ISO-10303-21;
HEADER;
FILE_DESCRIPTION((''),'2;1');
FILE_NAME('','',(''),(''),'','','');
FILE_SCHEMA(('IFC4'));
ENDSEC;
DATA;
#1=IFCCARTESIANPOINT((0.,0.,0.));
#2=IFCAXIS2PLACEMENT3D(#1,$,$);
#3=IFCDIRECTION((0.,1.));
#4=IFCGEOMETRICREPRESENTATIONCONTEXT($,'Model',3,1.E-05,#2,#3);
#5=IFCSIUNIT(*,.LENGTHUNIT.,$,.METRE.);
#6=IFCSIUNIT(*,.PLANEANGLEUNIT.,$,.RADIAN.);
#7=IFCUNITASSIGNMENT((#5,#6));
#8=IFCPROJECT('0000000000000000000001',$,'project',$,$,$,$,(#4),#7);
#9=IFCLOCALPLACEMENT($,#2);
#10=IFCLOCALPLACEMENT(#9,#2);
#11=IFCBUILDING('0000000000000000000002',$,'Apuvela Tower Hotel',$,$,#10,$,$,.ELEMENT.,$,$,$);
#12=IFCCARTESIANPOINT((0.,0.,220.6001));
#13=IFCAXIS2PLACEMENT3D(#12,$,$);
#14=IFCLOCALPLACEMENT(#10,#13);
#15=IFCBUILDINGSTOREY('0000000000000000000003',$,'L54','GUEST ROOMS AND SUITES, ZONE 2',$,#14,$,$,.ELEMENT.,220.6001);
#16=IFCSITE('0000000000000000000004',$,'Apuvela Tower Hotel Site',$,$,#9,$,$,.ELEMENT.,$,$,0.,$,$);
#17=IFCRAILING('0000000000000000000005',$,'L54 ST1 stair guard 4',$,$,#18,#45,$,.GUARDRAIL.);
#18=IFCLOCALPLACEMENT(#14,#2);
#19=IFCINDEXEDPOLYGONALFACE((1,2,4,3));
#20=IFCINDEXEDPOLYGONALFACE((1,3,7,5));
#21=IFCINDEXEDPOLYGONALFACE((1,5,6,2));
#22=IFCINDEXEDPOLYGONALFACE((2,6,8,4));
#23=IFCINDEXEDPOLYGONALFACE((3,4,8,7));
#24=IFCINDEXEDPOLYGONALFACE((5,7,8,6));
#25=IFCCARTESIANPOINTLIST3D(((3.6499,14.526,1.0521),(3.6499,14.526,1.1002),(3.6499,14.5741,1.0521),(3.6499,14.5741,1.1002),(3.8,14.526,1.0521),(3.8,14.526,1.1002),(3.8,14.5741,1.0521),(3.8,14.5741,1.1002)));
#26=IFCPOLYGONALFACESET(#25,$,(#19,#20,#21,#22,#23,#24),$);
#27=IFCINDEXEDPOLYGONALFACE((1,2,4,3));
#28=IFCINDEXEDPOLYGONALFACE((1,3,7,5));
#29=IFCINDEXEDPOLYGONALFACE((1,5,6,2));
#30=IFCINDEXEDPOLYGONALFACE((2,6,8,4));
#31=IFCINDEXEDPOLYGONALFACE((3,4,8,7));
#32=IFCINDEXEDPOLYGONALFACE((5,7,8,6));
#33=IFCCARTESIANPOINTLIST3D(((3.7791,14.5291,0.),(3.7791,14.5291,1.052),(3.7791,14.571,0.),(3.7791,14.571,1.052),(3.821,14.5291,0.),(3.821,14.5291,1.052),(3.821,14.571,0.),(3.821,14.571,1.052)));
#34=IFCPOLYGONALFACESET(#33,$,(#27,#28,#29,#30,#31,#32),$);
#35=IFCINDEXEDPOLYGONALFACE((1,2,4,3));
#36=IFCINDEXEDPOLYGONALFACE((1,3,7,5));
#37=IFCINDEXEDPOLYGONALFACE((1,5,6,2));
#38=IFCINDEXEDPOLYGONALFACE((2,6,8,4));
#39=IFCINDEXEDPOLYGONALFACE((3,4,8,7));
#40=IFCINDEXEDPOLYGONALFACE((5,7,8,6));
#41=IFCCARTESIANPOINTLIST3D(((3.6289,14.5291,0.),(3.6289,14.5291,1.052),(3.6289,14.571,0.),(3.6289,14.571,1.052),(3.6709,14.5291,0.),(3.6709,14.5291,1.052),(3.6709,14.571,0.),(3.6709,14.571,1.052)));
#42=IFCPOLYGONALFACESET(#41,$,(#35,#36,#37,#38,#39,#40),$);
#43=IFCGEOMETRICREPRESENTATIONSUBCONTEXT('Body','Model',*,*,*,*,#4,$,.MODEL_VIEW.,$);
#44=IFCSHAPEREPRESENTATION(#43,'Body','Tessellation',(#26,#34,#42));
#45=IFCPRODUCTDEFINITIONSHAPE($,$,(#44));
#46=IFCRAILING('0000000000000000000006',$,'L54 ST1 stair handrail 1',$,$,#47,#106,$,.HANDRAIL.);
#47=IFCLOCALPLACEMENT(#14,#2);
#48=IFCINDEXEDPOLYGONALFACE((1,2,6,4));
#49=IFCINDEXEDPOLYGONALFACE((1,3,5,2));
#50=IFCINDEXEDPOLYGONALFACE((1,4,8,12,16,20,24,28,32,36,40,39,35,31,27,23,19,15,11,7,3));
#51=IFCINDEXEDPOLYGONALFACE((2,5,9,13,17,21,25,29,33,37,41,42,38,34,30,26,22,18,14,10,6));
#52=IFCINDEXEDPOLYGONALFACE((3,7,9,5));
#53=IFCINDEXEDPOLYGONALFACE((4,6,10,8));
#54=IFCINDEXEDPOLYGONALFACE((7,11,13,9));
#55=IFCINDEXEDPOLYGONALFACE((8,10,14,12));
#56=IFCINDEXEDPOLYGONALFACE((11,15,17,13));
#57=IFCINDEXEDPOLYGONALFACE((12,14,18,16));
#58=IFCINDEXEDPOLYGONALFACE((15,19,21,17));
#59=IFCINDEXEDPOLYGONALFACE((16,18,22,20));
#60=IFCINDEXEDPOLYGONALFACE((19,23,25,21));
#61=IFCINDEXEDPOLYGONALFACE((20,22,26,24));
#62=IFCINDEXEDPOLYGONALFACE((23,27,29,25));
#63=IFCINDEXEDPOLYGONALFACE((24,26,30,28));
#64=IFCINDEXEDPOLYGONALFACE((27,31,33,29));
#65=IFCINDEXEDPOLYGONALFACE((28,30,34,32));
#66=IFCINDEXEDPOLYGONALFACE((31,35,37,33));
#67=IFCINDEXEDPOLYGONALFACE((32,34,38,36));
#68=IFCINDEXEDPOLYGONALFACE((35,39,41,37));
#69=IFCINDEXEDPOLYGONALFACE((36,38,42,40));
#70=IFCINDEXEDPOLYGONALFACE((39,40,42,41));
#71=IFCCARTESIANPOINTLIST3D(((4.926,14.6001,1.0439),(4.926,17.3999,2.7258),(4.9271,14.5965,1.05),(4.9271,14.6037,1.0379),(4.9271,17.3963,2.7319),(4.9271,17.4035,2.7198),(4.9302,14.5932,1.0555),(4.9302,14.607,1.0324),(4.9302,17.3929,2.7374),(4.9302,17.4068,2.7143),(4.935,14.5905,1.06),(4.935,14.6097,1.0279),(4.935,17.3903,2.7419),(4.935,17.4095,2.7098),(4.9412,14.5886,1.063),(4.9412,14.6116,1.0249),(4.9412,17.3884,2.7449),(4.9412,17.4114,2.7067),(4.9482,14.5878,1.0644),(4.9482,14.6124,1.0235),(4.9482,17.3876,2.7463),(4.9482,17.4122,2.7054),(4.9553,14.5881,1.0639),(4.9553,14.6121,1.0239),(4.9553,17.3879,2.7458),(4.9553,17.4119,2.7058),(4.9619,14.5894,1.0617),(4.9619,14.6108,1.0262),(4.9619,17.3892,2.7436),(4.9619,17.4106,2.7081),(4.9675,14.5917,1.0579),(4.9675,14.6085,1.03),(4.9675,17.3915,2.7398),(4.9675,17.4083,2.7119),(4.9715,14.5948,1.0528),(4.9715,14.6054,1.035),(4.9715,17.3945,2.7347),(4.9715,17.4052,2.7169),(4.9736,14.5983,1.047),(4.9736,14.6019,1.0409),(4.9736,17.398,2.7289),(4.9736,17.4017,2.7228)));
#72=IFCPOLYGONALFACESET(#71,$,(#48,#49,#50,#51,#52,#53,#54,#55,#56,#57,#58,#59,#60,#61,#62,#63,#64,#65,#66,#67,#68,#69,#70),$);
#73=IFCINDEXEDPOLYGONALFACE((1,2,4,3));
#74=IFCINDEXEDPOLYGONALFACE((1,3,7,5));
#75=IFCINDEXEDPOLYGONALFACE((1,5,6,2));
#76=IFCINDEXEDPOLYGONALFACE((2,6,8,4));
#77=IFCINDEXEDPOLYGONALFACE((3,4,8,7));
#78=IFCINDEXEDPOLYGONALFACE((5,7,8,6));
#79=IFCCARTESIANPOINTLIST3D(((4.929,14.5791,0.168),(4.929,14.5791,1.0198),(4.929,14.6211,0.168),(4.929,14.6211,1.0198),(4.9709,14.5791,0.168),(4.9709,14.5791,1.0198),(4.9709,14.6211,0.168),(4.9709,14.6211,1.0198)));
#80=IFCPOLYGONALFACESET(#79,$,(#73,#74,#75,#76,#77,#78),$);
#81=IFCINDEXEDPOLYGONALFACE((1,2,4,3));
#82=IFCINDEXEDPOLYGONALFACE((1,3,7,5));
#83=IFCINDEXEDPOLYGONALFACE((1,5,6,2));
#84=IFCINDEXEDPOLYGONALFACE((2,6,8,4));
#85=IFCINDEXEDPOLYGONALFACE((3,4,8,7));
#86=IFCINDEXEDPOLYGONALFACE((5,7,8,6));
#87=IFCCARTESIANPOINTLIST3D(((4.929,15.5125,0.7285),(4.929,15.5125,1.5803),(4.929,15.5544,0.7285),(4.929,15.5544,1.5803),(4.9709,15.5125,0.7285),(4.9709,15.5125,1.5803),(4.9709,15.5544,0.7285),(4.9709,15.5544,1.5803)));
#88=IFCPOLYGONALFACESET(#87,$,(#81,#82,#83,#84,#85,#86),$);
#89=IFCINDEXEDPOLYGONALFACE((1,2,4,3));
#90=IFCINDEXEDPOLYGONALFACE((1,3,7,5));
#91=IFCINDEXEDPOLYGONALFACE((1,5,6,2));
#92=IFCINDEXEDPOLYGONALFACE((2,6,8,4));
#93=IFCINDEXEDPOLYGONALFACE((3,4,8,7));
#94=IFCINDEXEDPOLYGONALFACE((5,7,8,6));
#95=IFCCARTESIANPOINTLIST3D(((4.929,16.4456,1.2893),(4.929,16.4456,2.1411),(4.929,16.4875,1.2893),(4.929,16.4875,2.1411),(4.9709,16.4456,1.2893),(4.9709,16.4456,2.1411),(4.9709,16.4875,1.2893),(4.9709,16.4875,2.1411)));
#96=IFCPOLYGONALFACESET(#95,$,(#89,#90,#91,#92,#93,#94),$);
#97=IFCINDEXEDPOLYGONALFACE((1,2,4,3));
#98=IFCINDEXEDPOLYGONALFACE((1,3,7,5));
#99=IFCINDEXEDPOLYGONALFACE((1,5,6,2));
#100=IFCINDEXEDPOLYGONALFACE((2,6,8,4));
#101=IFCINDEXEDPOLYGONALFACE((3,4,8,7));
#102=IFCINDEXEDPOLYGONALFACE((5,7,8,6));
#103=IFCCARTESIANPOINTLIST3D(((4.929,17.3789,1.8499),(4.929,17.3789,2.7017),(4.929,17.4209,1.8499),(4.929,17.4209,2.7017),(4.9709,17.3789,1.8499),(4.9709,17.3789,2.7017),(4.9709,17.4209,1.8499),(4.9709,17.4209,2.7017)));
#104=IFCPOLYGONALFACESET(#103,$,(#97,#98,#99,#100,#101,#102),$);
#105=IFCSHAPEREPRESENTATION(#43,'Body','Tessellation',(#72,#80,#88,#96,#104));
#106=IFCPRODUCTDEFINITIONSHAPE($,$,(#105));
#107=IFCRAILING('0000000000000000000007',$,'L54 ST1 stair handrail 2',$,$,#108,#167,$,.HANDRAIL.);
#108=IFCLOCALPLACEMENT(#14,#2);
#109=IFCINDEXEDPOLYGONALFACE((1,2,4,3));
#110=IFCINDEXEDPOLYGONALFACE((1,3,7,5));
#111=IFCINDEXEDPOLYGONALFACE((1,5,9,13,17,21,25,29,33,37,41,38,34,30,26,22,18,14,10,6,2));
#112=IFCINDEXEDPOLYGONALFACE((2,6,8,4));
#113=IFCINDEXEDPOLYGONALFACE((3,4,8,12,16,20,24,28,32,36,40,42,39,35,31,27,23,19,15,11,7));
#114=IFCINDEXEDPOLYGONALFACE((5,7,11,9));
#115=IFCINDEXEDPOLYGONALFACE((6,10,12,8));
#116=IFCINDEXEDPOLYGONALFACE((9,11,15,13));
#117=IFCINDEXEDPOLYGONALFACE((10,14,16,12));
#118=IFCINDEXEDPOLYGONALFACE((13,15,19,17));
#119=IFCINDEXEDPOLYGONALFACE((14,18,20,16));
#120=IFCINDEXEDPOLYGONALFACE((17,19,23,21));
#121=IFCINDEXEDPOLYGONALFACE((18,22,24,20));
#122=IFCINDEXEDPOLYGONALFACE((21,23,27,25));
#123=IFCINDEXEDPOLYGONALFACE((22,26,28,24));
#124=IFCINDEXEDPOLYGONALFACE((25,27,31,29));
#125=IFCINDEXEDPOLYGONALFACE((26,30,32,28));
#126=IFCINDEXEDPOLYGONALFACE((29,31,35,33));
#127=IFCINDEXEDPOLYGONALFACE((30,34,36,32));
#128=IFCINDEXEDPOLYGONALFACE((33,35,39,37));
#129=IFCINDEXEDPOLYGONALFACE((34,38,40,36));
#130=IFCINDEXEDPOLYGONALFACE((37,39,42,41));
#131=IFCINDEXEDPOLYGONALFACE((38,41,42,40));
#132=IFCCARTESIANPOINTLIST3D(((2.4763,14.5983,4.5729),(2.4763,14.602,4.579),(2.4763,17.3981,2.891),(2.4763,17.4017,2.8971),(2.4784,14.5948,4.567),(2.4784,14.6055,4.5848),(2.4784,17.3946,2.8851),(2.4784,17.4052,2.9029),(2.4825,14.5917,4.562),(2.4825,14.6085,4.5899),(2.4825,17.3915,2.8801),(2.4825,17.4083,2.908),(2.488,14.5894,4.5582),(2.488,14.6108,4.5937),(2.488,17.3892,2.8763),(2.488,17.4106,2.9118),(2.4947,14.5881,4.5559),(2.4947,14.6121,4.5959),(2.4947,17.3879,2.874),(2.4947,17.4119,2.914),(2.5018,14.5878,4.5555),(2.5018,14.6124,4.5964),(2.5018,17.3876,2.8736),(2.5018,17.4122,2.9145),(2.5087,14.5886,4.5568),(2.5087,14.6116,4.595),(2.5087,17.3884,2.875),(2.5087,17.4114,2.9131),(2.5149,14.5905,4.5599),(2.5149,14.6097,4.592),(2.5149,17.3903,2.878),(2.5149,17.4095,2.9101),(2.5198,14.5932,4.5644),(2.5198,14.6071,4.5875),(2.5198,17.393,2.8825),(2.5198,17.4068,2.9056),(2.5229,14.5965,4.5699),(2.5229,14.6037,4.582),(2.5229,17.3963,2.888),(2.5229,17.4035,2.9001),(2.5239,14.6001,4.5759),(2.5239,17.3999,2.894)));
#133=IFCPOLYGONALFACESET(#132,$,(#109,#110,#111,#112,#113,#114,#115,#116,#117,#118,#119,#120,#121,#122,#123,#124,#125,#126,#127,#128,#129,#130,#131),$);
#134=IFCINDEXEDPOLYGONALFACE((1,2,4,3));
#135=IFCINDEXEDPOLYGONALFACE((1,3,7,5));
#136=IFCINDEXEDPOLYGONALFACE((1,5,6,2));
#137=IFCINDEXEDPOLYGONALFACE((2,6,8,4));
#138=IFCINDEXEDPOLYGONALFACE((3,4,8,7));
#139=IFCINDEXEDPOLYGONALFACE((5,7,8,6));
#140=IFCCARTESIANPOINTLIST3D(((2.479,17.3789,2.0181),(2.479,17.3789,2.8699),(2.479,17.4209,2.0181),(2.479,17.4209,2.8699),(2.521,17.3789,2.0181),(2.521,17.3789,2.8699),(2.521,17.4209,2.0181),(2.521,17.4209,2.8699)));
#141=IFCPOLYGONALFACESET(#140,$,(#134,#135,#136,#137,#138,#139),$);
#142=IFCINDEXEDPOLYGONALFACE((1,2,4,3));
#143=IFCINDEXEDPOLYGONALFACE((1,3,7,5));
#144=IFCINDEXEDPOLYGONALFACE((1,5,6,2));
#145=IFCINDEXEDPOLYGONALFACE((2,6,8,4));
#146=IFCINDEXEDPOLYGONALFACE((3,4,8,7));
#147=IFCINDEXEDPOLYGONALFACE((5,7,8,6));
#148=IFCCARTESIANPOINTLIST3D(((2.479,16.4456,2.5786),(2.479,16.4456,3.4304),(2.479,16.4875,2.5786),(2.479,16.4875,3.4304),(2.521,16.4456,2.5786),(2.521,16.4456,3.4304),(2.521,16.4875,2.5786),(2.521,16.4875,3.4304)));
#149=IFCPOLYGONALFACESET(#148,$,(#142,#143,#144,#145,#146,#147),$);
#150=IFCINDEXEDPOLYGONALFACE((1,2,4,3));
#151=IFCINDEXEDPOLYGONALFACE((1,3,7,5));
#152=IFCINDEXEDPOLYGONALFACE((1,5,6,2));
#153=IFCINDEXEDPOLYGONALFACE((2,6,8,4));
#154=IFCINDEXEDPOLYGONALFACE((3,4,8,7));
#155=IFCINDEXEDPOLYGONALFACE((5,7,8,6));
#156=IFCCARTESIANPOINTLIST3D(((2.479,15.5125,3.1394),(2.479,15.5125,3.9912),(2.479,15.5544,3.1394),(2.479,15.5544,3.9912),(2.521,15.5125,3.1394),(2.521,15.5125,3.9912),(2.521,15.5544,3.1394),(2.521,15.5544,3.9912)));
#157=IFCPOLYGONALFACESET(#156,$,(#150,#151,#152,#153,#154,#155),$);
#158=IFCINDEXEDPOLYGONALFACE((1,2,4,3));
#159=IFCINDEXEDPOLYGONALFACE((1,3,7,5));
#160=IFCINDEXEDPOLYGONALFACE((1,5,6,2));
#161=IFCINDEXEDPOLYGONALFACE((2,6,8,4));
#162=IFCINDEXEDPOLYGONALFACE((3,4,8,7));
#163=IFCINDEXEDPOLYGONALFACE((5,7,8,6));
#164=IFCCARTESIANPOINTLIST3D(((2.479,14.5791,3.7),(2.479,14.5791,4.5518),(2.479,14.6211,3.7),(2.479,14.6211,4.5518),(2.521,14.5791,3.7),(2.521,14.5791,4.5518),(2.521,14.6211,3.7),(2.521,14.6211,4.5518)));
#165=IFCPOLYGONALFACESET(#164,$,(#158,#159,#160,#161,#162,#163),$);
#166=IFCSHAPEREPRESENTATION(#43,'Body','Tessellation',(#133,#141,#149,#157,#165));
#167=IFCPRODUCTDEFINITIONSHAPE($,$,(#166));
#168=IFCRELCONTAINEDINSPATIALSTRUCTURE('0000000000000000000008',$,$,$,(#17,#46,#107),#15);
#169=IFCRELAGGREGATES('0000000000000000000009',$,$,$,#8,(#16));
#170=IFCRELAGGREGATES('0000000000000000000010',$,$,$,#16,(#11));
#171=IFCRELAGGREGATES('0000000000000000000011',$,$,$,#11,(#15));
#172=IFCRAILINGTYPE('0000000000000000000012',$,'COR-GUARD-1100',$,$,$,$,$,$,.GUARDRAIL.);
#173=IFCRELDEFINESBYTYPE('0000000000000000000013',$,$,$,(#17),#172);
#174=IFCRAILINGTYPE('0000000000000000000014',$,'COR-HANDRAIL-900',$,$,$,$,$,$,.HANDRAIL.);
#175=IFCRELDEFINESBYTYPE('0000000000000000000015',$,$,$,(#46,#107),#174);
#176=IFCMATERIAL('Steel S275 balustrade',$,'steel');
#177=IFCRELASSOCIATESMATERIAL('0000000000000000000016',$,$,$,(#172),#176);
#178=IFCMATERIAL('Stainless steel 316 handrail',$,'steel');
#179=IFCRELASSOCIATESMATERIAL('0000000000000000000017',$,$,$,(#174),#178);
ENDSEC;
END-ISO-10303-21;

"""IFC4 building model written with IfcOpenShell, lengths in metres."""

from ifc_helpers import new_model, si_unit, direction, frame, origin, origin_2d, place, context, subcontext, project, spatial, rectangle, circle, extrude, material, type_object, element, save


model = new_model("IFC4")

# Units and contexts
model_context = context("Model", 3, precision=1e-05, world=origin(), true_north=direction((0.0, 1.0)))
body_context = subcontext(model_context, "Body", "Model", "MODEL_VIEW")
ifc_project = project(units=[si_unit("LENGTHUNIT", "METRE"), si_unit("PLANEANGLEUNIT", "RADIAN")], contexts=[model_context])

# Site, building, storey
site_placement = place(None, origin())
site = spatial("IfcSite", under=ifc_project, at=site_placement, Name="Apuvela Tower Hotel Site", CompositionType="ELEMENT", RefElevation=0.0)
building_placement = place(site_placement, origin())
building = spatial("IfcBuilding", under=site, at=building_placement, Name="Apuvela Tower Hotel", CompositionType="ELEMENT")
storey_placement = place(building_placement, frame((0.0, 0.0, 220.6001)))
storey = spatial("IfcBuildingStorey", under=building, at=storey_placement, Name="L54", Description="GUEST ROOMS AND SUITES, ZONE 2", CompositionType="ELEMENT", Elevation=220.6001)

# Railings
ifc_material_1 = material(Name="Steel S275 balustrade", Category="steel")
railing_type_1 = type_object("IfcRailingType", Name="COR-GUARD-1100", PredefinedType="GUARDRAIL", material=ifc_material_1)
railing_1_placement = place(storey_placement, frame((3.8, 14.55, 0.0)))
element("IfcRailing", 1, at=railing_1_placement, inside=storey, type_object=railing_type_1, Name="L54 ST1 stair guard 4", PredefinedType="GUARDRAIL", context=body_context, shape_type="SweptSolid", body=[
    extrude(rectangle(XDim=0.0481, YDim=0.0481, at=origin_2d()), frame((0.0, 0.0, 1.0762), z_axis=(-1.0, 0.0, 0.0), x_axis=(0.0, -1.0, 0.0)), (0.0, 0.0, 1.0), 0.1501),
    extrude(rectangle(XDim=0.042, YDim=0.042, at=origin_2d()), origin(), (0.0, 0.0, 1.0), 1.052),
    extrude(rectangle(XDim=0.042, YDim=0.042, at=origin_2d()), frame((-0.1501, 0.0, 0.0)), (0.0, 0.0, 1.0), 1.052),
])
ifc_material_2 = material(Name="Stainless steel 316 handrail", Category="steel")
railing_type_2 = type_object("IfcRailingType", Name="COR-HANDRAIL-900", PredefinedType="HANDRAIL", material=ifc_material_2)
railing_2_placement = place(storey_placement, frame((4.95, 14.6001, 0.168)))
element("IfcRailing", 2, at=railing_2_placement, inside=storey, type_object=railing_type_2, Name="L54 ST1 stair handrail 1", PredefinedType="HANDRAIL", context=body_context, shape_type="SweptSolid", body=[
    extrude(circle(Radius=0.0239, at=origin_2d()), frame((0.0, 0.0, 0.876), z_axis=(0.0, 0.857222, 0.514946), x_axis=(-1.0, 0.0, 0.0)), (0.0, 0.0, 1.0), 3.2661),
    extrude(rectangle(XDim=0.042, YDim=0.042, at=origin_2d()), origin(), (0.0, 0.0, 1.0), 0.8518),
    extrude(rectangle(XDim=0.042, YDim=0.042, at=origin_2d()), frame((0.0, 0.9333, 0.5605)), (0.0, 0.0, 1.0), 0.8518),
    extrude(rectangle(XDim=0.042, YDim=0.042, at=origin_2d()), frame((0.0, 1.8665, 1.1213)), (0.0, 0.0, 1.0), 0.8518),
    extrude(rectangle(XDim=0.042, YDim=0.042, at=origin_2d()), frame((0.0, 2.7998, 1.6819)), (0.0, 0.0, 1.0), 0.8518),
])
railing_3_placement = place(storey_placement, frame((2.5, 17.3999, 2.0181)))
element("IfcRailing", 3, at=railing_3_placement, inside=storey, type_object=railing_type_2, Name="L54 ST1 stair handrail 2", PredefinedType="HANDRAIL", context=body_context, shape_type="SweptSolid", body=[
    extrude(circle(Radius=0.0239, at=origin_2d()), frame((0.0, 0.0, 0.876), z_axis=(0.0, -0.857222, 0.514946), x_axis=(1.0, 0.0, 0.0)), (0.0, 0.0, 1.0), 3.2661),
    extrude(rectangle(XDim=0.042, YDim=0.042, at=origin_2d()), origin(), (0.0, 0.0, 1.0), 0.8518),
    extrude(rectangle(XDim=0.042, YDim=0.042, at=origin_2d()), frame((0.0, -0.9333, 0.5605)), (0.0, 0.0, 1.0), 0.8518),
    extrude(rectangle(XDim=0.042, YDim=0.042, at=origin_2d()), frame((0.0, -1.8665, 1.1213)), (0.0, 0.0, 1.0), 0.8518),
    extrude(rectangle(XDim=0.042, YDim=0.042, at=origin_2d()), frame((0.0, -2.7998, 1.6819)), (0.0, 0.0, 1.0), 0.8518),
])

save(model, "model.ifc")
